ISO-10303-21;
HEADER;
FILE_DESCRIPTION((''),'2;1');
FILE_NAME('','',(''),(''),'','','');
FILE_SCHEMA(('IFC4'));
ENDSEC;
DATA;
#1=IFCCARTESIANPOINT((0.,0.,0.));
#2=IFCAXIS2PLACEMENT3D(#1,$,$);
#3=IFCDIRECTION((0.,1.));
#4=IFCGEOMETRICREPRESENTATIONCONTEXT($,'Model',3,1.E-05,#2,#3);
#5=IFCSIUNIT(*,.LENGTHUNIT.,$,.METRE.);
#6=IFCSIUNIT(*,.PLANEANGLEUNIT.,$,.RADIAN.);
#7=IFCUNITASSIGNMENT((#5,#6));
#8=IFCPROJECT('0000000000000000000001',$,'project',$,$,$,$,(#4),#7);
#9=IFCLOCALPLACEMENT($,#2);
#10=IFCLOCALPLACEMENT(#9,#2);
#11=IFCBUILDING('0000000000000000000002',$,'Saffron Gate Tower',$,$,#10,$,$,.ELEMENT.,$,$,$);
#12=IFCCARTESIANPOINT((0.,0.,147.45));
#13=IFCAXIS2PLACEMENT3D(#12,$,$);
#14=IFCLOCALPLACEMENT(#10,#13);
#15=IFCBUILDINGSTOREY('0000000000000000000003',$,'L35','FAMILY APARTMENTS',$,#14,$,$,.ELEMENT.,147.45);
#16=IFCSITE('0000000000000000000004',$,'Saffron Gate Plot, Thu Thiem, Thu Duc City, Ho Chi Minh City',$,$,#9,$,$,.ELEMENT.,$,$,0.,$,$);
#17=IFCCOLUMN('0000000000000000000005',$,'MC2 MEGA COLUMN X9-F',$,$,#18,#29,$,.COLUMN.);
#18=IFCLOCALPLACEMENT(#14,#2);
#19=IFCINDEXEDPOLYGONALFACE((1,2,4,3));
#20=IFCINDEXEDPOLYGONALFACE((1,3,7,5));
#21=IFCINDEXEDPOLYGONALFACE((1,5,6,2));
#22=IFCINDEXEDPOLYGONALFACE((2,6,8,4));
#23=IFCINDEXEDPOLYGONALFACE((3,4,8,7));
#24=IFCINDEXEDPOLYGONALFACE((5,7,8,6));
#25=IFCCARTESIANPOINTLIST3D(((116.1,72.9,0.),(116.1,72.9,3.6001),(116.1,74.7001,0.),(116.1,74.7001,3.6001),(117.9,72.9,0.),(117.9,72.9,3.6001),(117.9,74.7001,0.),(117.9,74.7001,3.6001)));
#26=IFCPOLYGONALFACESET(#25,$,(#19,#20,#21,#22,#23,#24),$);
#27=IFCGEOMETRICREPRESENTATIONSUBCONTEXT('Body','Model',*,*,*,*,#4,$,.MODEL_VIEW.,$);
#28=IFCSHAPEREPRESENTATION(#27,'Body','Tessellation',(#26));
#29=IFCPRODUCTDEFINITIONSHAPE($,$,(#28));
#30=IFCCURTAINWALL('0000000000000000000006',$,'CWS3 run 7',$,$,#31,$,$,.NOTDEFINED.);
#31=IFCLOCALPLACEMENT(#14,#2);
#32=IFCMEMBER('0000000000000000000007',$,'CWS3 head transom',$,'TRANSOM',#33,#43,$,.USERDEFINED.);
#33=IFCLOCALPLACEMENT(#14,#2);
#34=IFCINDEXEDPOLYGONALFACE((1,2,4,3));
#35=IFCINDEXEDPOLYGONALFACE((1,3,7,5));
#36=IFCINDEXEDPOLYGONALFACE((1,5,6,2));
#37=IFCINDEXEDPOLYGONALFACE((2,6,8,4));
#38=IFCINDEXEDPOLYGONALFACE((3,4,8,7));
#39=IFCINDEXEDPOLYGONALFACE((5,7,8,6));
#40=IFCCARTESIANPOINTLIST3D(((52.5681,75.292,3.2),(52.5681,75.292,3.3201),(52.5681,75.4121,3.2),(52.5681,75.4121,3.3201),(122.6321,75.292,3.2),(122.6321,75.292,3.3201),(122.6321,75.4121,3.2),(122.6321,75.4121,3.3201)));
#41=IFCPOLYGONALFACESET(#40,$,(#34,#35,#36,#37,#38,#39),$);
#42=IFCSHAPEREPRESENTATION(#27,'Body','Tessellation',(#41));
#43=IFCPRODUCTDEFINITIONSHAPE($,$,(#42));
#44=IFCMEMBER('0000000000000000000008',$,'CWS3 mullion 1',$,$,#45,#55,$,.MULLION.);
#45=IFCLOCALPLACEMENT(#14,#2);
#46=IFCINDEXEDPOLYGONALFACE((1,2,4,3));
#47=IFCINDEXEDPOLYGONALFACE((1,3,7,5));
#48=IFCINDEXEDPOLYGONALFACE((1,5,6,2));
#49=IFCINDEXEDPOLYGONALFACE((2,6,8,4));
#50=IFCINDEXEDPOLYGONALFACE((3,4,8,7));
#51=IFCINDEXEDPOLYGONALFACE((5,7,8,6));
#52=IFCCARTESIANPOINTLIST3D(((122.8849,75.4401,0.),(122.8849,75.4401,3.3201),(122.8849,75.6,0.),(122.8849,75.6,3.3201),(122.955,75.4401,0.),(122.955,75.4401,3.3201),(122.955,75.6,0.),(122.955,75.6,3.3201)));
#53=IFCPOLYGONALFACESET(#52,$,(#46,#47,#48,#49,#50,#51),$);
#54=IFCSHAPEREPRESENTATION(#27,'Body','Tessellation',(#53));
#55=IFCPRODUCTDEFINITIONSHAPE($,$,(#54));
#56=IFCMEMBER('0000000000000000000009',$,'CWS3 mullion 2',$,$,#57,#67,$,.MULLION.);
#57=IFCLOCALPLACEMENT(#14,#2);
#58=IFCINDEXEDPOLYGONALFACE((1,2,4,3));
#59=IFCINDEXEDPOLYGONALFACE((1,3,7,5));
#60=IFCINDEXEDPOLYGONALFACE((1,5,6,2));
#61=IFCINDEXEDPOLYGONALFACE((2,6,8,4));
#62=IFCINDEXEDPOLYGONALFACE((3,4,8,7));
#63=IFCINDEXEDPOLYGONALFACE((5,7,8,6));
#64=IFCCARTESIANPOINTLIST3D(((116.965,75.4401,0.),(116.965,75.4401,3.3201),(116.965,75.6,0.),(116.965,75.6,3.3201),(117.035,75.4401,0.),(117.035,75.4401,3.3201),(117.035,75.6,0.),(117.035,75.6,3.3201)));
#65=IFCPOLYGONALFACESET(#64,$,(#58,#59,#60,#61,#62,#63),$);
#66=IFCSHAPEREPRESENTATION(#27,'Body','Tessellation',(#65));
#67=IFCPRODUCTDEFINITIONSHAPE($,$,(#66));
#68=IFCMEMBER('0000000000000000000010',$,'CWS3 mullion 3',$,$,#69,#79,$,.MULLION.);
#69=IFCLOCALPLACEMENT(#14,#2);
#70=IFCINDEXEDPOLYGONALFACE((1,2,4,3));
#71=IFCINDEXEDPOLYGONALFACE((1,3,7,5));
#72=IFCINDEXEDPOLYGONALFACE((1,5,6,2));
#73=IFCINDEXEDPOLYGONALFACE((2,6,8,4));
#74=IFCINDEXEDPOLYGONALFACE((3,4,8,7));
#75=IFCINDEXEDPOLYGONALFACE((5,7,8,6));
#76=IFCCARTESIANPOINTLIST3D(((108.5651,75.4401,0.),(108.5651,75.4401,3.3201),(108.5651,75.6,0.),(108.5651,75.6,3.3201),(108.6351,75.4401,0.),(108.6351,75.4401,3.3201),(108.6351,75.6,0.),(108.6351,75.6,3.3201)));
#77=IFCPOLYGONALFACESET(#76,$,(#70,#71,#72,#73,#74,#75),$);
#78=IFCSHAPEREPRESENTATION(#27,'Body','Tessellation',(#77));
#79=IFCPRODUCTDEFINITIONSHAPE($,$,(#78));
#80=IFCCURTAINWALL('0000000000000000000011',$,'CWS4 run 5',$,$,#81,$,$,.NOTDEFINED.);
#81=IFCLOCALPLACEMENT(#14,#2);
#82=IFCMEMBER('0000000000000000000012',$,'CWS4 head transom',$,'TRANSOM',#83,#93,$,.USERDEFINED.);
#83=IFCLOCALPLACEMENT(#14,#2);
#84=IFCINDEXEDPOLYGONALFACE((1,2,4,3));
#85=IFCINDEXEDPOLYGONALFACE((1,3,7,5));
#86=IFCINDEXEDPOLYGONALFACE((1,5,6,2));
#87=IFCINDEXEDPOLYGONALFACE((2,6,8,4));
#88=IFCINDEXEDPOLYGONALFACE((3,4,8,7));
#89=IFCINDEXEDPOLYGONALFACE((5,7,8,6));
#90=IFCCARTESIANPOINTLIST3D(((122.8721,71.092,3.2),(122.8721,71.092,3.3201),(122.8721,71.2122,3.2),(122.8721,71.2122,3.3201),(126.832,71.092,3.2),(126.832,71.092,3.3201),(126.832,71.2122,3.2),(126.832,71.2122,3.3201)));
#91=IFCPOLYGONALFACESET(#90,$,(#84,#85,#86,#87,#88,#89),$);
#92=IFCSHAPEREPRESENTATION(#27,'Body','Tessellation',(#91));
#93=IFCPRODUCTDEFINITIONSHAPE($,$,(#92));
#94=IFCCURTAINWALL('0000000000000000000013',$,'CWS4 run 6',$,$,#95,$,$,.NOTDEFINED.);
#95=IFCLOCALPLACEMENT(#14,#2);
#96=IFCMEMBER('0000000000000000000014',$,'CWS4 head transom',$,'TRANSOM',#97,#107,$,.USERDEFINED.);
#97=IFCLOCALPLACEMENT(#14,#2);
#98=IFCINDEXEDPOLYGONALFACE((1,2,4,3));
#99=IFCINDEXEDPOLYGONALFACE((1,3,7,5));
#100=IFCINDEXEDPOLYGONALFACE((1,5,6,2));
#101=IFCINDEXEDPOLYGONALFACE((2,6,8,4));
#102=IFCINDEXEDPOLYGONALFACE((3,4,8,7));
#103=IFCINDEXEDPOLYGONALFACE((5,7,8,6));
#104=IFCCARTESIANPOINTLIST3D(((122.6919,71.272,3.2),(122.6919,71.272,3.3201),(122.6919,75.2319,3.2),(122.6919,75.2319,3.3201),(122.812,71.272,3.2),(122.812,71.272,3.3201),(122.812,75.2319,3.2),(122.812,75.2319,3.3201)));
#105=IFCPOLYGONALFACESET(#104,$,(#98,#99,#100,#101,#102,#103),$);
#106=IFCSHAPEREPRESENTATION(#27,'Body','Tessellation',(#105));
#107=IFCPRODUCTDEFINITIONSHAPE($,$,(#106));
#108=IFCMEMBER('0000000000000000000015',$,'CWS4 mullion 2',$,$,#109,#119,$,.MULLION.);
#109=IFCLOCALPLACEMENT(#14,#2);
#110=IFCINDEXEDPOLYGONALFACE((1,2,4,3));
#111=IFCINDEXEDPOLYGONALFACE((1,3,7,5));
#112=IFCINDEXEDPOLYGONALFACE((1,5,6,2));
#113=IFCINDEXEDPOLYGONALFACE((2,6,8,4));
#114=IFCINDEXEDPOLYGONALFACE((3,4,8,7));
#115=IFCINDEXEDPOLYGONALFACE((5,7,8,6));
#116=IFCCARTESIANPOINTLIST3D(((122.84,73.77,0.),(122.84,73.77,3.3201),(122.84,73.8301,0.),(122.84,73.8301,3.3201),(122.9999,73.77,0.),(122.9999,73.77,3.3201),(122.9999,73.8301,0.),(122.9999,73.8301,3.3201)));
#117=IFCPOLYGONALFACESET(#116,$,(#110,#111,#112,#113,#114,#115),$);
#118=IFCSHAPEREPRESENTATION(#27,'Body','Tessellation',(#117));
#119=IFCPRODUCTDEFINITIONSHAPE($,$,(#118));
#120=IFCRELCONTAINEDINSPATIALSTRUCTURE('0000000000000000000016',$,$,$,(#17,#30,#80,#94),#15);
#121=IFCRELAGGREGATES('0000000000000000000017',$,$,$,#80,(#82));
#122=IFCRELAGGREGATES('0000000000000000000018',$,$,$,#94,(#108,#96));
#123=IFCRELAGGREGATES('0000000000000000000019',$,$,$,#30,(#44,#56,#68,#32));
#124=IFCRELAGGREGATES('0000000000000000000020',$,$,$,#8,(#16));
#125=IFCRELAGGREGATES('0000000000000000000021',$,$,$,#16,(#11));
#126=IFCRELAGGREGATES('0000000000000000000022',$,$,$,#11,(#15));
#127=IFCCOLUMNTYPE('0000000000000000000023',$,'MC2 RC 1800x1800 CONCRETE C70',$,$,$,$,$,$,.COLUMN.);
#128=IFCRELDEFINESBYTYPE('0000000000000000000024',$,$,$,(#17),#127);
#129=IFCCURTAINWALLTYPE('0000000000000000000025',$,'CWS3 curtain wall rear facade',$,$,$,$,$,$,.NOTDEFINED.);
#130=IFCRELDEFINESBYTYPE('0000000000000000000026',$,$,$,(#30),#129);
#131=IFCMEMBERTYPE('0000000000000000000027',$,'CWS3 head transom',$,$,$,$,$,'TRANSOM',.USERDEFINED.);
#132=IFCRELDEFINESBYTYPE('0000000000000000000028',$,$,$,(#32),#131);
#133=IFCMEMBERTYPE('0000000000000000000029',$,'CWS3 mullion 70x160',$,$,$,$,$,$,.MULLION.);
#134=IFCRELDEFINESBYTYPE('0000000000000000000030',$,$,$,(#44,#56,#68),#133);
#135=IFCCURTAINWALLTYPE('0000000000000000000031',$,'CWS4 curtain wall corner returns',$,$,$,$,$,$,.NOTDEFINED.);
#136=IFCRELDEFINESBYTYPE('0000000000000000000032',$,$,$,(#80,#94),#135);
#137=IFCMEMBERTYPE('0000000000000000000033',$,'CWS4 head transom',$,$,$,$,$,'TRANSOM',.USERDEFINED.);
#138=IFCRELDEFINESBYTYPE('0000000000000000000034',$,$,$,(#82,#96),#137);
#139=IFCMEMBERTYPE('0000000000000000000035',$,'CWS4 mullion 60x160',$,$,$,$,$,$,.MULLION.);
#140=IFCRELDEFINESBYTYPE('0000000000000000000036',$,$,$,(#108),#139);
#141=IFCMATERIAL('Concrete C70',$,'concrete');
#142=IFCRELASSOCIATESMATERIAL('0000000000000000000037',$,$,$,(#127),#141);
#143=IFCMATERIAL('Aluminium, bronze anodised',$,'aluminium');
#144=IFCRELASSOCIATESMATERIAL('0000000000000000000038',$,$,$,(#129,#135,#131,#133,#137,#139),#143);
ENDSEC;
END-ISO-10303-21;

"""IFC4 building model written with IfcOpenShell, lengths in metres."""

from ifc_helpers import new_model, si_unit, direction, frame, origin, origin_2d, place, context, subcontext, project, spatial, rectangle, extrude, material, material_profile, profile_set, type_object, element, aggregate, save


model = new_model("IFC4")

# Units and contexts
model_context = context("Model", 3, precision=1e-05, world=origin(), true_north=direction((0.0, 1.0)))
body_context = subcontext(model_context, "Body", "Model", "MODEL_VIEW")
ifc_project = project(units=[si_unit("LENGTHUNIT", "METRE"), si_unit("PLANEANGLEUNIT", "RADIAN")], contexts=[model_context])

# Site, building, storey
site_placement = place(None, origin())
site = spatial("IfcSite", under=ifc_project, at=site_placement, Name="Saffron Gate Plot, Thu Thiem, Thu Duc City, Ho Chi Minh City", CompositionType="ELEMENT", RefElevation=0.0)
building_placement = place(site_placement, origin())
building = spatial("IfcBuilding", under=site, at=building_placement, Name="Saffron Gate Tower", CompositionType="ELEMENT")
storey_placement = place(building_placement, frame((0.0, 0.0, 147.45)))
storey = spatial("IfcBuildingStorey", under=building, at=storey_placement, Name="L35", Description="FAMILY APARTMENTS", CompositionType="ELEMENT", Elevation=147.45)

# Column
ifc_material_1 = material(Name="Concrete C70", Category="concrete")
ifc_material_profile_1 = material_profile(ifc_material_1, rectangle(XDim=1.8, YDim=1.8, at=origin_2d()))
ifc_profile_set_1 = profile_set([ifc_material_profile_1], Name="Concrete C70")
column_type = type_object("IfcColumnType", Name="MC2 RC 1800x1800 CONCRETE C70", PredefinedType="COLUMN", material=ifc_profile_set_1)
column_placement = place(storey_placement, frame((117.0, 73.8, 0.0), z_axis=(0.0, 0.0, 1.0), x_axis=(1.0, 0.0, 0.0)))
element("IfcColumn", 1, at=column_placement, inside=storey, type_object=column_type, Name="MC2 MEGA COLUMN X9-F", PredefinedType="COLUMN", context=body_context, shape_type="SweptSolid", body=[
    extrude(rectangle(XDim=1.8, YDim=1.8, at=origin_2d()), origin(), (0.0, 0.0, 1.0), 3.6001),
])

# Curtain wall, members
ifc_material_2 = material(Name="Aluminium, bronze anodised", Category="aluminium")
curtain_wall_type_1 = type_object("IfcCurtainWallType", Name="CWS3 curtain wall rear facade", PredefinedType="NOTDEFINED", material=ifc_material_2)
curtain_wall_1_placement = place(storey_placement, origin())
curtain_wall_1 = element("IfcCurtainWall", 2, at=curtain_wall_1_placement, inside=storey, type_object=curtain_wall_type_1, Name="CWS3 run 7", PredefinedType="NOTDEFINED")
ifc_material_profile_2 = material_profile(ifc_material_2, rectangle(XDim=0.1201, YDim=0.1201, at=origin_2d()))
ifc_profile_set_2 = profile_set([ifc_material_profile_2], Name="Aluminium, bronze anodised")
member_type_1 = type_object("IfcMemberType", Name="CWS3 head transom", ElementType="TRANSOM", PredefinedType="USERDEFINED", material=ifc_profile_set_2)
member_1_placement = place(storey_placement, frame((122.6321, 75.3521, 3.26), z_axis=(-1.0, 0.0, 0.0), x_axis=(0.0, -1.0, 0.0)))
member_1 = element("IfcMember", 3, at=member_1_placement, type_object=member_type_1, Name="CWS3 head transom", ObjectType="TRANSOM", PredefinedType="USERDEFINED", context=body_context, shape_type="SweptSolid", body=[
    extrude(rectangle(XDim=0.1201, YDim=0.1201, at=origin_2d()), origin(), (0.0, 0.0, 1.0), 70.064),
])
ifc_material_profile_3 = material_profile(ifc_material_2, rectangle(XDim=0.1599, YDim=0.0701, at=origin_2d()))
ifc_profile_set_3 = profile_set([ifc_material_profile_3], Name="Aluminium, bronze anodised")
member_type_2 = type_object("IfcMemberType", Name="CWS3 mullion 70x160", PredefinedType="MULLION", material=ifc_profile_set_3)
member_2_placement = place(storey_placement, frame((122.9199, 75.52, 0.0), z_axis=(0.0, 0.0, 1.0), x_axis=(0.0, -1.0, 0.0)))
member_2 = element("IfcMember", 4, at=member_2_placement, type_object=member_type_2, Name="CWS3 mullion 1", PredefinedType="MULLION", context=body_context, shape_type="SweptSolid", body=[
    extrude(rectangle(XDim=0.1599, YDim=0.0701, at=origin_2d()), origin(), (0.0, 0.0, 1.0), 3.3201),
])
member_3_placement = place(storey_placement, frame((117.0, 75.52, 0.0), z_axis=(0.0, 0.0, 1.0), x_axis=(0.0, -1.0, 0.0)))
member_3 = element("IfcMember", 5, at=member_3_placement, type_object=member_type_2, Name="CWS3 mullion 2", PredefinedType="MULLION", context=body_context, shape_type="SweptSolid", body=[
    extrude(rectangle(XDim=0.1599, YDim=0.0701, at=origin_2d()), origin(), (0.0, 0.0, 1.0), 3.3201),
])
member_4_placement = place(storey_placement, frame((108.6001, 75.52, 0.0), z_axis=(0.0, 0.0, 1.0), x_axis=(0.0, -1.0, 0.0)))
member_4 = element("IfcMember", 6, at=member_4_placement, type_object=member_type_2, Name="CWS3 mullion 3", PredefinedType="MULLION", context=body_context, shape_type="SweptSolid", body=[
    extrude(rectangle(XDim=0.1599, YDim=0.0701, at=origin_2d()), origin(), (0.0, 0.0, 1.0), 3.3201),
])

# Curtain wall, member
curtain_wall_type_2 = type_object("IfcCurtainWallType", Name="CWS4 curtain wall corner returns", PredefinedType="NOTDEFINED", material=ifc_material_2)
curtain_wall_2_placement = place(storey_placement, origin())
curtain_wall_2 = element("IfcCurtainWall", 7, at=curtain_wall_2_placement, inside=storey, type_object=curtain_wall_type_2, Name="CWS4 run 5", PredefinedType="NOTDEFINED")
ifc_material_profile_4 = material_profile(ifc_material_2, rectangle(XDim=0.1201, YDim=0.1201, at=origin_2d()))
ifc_profile_set_4 = profile_set([ifc_material_profile_4], Name="Aluminium, bronze anodised")
member_type_3 = type_object("IfcMemberType", Name="CWS4 head transom", ElementType="TRANSOM", PredefinedType="USERDEFINED", material=ifc_profile_set_4)
member_5_placement = place(storey_placement, frame((126.832, 71.1521, 3.26), z_axis=(-1.0, 0.0, 0.0), x_axis=(0.0, -1.0, 0.0)))
member_5 = element("IfcMember", 8, at=member_5_placement, type_object=member_type_3, Name="CWS4 head transom", ObjectType="TRANSOM", PredefinedType="USERDEFINED", context=body_context, shape_type="SweptSolid", body=[
    extrude(rectangle(XDim=0.1201, YDim=0.1201, at=origin_2d()), origin(), (0.0, 0.0, 1.0), 3.96),
])
aggregate(curtain_wall_2, [member_5])

# Curtain wall, members
curtain_wall_3_placement = place(storey_placement, origin())
curtain_wall_3 = element("IfcCurtainWall", 9, at=curtain_wall_3_placement, inside=storey, type_object=curtain_wall_type_2, Name="CWS4 run 6", PredefinedType="NOTDEFINED")
member_6_placement = place(storey_placement, frame((122.752, 71.272, 3.26), z_axis=(0.0, 1.0, 0.0), x_axis=(-1.0, 0.0, 0.0)))
member_6 = element("IfcMember", 10, at=member_6_placement, type_object=member_type_3, Name="CWS4 head transom", ObjectType="TRANSOM", PredefinedType="USERDEFINED", context=body_context, shape_type="SweptSolid", body=[
    extrude(rectangle(XDim=0.1201, YDim=0.1201, at=origin_2d()), origin(), (0.0, 0.0, 1.0), 3.96),
])
ifc_material_profile_5 = material_profile(ifc_material_2, rectangle(XDim=0.1599, YDim=0.0601, at=origin_2d()))
ifc_profile_set_5 = profile_set([ifc_material_profile_5], Name="Aluminium, bronze anodised")
member_type_4 = type_object("IfcMemberType", Name="CWS4 mullion 60x160", PredefinedType="MULLION", material=ifc_profile_set_5)
member_7_placement = place(storey_placement, frame((122.9199, 73.8, 0.0), z_axis=(0.0, 0.0, 1.0), x_axis=(-1.0, 0.0, 0.0)))
member_7 = element("IfcMember", 11, at=member_7_placement, type_object=member_type_4, Name="CWS4 mullion 2", PredefinedType="MULLION", context=body_context, shape_type="SweptSolid", body=[
    extrude(rectangle(XDim=0.1599, YDim=0.0601, at=origin_2d()), origin(), (0.0, 0.0, 1.0), 3.3201),
])
aggregate(curtain_wall_3, [member_7, member_6])

aggregate(curtain_wall_1, [member_2, member_3, member_4, member_1])

save(model, "model.ifc")
